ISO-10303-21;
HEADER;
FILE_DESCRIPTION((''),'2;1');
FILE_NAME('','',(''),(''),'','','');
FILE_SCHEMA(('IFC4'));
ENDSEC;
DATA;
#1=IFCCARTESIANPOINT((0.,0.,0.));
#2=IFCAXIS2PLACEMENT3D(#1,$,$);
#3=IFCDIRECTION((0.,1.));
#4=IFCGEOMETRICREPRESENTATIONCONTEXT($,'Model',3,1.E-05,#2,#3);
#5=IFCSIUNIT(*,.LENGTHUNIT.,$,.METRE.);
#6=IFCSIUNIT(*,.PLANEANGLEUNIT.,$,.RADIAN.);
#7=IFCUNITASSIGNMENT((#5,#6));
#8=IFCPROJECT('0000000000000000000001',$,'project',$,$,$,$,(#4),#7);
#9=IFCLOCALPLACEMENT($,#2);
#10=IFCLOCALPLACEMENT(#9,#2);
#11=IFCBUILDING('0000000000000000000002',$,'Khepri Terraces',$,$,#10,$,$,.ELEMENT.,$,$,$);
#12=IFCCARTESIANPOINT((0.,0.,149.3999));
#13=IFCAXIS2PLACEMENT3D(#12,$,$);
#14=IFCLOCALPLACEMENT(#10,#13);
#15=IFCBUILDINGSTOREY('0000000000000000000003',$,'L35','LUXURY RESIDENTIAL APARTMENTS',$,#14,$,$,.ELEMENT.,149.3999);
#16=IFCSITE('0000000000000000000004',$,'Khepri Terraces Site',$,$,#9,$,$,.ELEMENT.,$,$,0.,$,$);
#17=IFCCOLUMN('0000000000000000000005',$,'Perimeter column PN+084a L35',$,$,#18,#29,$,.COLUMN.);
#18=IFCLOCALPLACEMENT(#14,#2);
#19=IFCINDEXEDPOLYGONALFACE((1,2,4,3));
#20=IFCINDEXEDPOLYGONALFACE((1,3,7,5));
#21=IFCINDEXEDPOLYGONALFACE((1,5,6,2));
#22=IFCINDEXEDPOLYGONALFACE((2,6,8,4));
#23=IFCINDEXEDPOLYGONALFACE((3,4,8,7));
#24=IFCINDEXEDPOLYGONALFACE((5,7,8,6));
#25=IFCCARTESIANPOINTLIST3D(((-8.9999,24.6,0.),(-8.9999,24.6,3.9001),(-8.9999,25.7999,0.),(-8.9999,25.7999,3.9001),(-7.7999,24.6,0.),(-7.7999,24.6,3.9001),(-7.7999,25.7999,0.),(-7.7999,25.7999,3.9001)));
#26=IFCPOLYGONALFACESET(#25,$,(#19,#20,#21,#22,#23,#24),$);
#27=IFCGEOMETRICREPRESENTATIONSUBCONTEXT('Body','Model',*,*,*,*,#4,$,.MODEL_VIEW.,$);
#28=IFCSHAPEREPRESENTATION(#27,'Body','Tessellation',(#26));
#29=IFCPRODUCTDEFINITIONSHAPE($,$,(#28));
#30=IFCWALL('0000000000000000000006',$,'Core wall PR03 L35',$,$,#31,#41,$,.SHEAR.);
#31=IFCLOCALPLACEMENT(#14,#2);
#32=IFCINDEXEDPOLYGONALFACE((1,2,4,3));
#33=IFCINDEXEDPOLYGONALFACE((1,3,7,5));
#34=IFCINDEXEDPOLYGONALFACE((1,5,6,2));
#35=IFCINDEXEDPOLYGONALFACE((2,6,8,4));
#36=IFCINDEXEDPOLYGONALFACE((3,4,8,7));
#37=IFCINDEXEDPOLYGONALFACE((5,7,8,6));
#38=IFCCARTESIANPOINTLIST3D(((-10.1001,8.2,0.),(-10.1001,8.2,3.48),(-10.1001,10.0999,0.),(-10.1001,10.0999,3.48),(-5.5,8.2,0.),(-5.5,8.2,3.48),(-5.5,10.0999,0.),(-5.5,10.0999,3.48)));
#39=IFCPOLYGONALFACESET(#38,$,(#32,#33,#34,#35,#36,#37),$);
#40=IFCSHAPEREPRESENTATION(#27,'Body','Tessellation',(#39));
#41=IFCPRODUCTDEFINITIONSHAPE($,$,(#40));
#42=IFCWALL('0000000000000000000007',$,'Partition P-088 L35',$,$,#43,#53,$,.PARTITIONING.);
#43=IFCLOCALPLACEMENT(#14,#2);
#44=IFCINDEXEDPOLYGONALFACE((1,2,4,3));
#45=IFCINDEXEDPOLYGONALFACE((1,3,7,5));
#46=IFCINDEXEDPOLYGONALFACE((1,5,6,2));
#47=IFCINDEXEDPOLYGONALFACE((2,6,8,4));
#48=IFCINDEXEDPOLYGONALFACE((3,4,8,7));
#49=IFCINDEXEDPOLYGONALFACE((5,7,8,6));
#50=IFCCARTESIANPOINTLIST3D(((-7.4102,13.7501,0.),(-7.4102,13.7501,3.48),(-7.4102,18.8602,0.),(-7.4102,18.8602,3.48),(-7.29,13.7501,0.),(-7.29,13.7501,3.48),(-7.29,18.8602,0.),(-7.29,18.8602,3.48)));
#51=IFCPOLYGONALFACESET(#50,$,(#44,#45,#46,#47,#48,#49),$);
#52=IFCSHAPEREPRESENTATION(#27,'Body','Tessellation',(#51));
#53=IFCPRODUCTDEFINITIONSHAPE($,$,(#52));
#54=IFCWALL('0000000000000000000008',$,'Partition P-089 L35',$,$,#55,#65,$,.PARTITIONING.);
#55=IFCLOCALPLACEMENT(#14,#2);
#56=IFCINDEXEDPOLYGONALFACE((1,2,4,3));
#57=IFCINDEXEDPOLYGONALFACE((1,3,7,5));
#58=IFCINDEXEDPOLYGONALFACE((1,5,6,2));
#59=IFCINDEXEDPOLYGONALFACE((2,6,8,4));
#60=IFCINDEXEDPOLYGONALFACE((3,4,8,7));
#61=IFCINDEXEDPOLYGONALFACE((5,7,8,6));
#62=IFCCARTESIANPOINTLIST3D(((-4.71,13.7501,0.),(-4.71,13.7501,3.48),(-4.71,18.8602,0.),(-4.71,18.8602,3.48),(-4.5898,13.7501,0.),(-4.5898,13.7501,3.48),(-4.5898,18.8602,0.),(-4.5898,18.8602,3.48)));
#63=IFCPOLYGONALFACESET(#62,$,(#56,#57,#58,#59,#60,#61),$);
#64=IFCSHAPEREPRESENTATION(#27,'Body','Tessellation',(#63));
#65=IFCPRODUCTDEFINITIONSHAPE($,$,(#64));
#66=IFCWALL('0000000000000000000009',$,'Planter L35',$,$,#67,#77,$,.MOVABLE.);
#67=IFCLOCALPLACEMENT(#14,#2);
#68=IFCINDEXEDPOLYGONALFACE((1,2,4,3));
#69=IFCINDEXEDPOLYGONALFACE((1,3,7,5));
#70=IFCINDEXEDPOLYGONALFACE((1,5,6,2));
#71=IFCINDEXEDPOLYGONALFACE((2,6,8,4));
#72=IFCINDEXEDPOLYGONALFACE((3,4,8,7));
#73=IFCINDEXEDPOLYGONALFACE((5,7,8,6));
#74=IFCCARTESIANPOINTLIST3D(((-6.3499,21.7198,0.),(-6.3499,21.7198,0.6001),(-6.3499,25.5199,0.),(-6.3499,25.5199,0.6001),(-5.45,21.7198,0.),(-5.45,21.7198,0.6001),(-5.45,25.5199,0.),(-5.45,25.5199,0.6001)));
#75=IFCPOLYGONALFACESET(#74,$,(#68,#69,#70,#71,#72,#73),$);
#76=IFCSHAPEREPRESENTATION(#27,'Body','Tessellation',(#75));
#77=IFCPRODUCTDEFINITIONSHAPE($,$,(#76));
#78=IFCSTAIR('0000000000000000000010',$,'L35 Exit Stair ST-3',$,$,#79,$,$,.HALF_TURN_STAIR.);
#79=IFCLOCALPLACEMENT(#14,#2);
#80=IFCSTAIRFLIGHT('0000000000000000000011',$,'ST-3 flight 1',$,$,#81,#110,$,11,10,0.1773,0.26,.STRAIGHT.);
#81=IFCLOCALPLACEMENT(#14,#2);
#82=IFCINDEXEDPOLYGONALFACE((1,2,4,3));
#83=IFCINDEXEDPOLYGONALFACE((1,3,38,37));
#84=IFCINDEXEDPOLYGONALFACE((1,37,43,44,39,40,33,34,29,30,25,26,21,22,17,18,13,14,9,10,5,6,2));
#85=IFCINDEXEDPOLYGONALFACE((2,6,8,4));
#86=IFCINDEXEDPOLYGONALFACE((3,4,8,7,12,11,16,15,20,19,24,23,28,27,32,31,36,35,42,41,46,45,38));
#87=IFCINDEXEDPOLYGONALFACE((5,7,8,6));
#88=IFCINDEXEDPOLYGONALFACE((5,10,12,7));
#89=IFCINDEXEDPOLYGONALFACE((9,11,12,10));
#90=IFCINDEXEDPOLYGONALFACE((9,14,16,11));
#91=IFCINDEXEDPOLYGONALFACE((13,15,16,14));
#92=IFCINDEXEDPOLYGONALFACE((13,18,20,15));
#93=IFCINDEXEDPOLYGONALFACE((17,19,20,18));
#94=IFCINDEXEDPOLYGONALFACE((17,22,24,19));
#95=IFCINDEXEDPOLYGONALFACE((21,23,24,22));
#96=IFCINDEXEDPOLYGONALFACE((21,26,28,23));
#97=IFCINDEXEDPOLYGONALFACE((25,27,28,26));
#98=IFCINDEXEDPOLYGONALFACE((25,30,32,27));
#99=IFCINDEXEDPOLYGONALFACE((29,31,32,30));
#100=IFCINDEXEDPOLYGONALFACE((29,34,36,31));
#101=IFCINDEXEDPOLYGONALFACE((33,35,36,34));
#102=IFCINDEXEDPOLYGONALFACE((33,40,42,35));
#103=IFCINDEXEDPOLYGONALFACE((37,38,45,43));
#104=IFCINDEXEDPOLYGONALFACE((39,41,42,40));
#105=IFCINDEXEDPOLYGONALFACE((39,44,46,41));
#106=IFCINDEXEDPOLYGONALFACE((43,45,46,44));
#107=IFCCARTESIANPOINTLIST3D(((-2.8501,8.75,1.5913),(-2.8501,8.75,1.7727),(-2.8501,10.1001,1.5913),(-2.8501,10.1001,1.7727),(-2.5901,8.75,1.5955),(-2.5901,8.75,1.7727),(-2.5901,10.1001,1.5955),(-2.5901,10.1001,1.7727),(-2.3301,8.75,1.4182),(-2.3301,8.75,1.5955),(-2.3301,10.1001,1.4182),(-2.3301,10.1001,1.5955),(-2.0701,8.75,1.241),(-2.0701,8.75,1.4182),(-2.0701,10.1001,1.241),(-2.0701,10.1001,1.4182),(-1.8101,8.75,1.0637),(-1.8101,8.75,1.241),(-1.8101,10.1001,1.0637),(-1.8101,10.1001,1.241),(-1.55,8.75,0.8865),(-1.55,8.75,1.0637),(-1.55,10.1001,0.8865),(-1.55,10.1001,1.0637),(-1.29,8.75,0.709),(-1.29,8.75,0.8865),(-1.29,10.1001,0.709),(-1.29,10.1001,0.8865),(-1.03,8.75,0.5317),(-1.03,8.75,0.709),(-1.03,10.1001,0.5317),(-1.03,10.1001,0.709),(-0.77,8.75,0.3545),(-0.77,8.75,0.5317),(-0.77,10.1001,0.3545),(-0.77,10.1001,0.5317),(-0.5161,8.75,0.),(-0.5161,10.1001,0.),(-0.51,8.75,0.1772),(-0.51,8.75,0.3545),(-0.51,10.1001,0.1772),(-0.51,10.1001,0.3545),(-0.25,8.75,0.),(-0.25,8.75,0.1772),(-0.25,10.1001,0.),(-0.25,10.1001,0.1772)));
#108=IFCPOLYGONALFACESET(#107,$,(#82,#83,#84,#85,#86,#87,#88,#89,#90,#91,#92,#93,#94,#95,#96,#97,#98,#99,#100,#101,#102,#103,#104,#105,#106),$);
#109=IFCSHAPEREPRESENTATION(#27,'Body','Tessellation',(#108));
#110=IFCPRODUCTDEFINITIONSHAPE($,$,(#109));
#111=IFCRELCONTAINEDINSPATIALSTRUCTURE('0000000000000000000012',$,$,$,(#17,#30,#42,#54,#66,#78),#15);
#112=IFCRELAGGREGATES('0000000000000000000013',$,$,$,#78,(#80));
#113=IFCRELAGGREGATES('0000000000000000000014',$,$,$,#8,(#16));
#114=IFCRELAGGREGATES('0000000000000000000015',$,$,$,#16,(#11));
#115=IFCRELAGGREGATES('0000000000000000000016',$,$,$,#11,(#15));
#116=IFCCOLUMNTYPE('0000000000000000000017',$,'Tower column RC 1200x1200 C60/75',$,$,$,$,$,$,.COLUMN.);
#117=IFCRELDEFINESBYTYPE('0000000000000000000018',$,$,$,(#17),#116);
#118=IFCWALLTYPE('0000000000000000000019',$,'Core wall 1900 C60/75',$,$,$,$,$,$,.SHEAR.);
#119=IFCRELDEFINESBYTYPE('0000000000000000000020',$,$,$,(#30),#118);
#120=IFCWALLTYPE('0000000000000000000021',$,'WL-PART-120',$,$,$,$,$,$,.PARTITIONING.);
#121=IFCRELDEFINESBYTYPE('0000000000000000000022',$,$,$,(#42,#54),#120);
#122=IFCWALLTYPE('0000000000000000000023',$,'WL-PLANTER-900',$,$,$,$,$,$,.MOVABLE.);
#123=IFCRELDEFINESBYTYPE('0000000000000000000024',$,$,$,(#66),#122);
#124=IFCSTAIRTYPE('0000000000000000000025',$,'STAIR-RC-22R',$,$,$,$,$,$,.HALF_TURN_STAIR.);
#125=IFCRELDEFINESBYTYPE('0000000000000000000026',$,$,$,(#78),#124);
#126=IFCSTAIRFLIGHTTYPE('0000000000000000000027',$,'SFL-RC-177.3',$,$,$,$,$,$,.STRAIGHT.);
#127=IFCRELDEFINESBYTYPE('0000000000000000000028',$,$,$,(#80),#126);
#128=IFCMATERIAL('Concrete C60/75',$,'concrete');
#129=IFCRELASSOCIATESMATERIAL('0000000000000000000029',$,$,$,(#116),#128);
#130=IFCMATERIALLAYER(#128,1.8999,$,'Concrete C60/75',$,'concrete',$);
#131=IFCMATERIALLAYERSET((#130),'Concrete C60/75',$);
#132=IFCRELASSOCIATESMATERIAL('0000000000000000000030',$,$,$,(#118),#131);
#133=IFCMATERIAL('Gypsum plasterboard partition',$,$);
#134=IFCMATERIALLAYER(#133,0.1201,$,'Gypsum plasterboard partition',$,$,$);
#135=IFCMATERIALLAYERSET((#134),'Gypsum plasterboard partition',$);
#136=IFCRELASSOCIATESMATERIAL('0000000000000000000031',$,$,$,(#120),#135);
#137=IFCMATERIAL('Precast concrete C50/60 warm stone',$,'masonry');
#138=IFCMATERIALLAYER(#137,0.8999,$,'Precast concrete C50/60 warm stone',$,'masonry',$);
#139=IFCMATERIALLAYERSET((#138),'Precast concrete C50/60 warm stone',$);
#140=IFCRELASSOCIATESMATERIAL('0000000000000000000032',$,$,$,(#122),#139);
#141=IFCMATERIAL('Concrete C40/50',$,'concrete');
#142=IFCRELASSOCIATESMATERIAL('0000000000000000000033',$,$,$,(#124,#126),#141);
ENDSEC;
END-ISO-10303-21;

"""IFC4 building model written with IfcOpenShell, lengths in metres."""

from ifc_helpers import new_model, si_unit, direction, frame, frame_2d, origin, origin_2d, place, context, subcontext, project, spatial, polyline, rectangle, outline, extrude, material, layer, layer_set, material_profile, profile_set, type_object, element, aggregate, save


model = new_model("IFC4")

# Units and contexts
model_context = context("Model", 3, precision=1e-05, world=origin(), true_north=direction((0.0, 1.0)))
body_context = subcontext(model_context, "Body", "Model", "MODEL_VIEW")
ifc_project = project(units=[si_unit("LENGTHUNIT", "METRE"), si_unit("PLANEANGLEUNIT", "RADIAN")], contexts=[model_context])

# Site, building, storey
site_placement = place(None, origin())
site = spatial("IfcSite", under=ifc_project, at=site_placement, Name="Khepri Terraces Site", CompositionType="ELEMENT", RefElevation=0.0)
building_placement = place(site_placement, origin())
building = spatial("IfcBuilding", under=site, at=building_placement, Name="Khepri Terraces", CompositionType="ELEMENT")
storey_placement = place(building_placement, frame((0.0, 0.0, 149.3999)))
storey = spatial("IfcBuildingStorey", under=building, at=storey_placement, Name="L35", Description="LUXURY RESIDENTIAL APARTMENTS", CompositionType="ELEMENT", Elevation=149.3999)

# Column
ifc_material_1 = material(Name="Concrete C60/75", Category="concrete")
ifc_material_profile = material_profile(ifc_material_1, rectangle(XDim=1.2, YDim=1.2, at=origin_2d()), Name="Concrete C60/75", Category="concrete")
ifc_profile_set = profile_set([ifc_material_profile], Name="Concrete C60/75")
column_type = type_object("IfcColumnType", Name="Tower column RC 1200x1200 C60/75", PredefinedType="COLUMN", material=ifc_profile_set)
column_placement = place(storey_placement, frame((-8.3999, 25.2, 0.0), z_axis=(0.0, 0.0, 1.0), x_axis=(1.0, 0.0, 0.0)))
element("IfcColumn", 1, at=column_placement, inside=storey, type_object=column_type, Name="Perimeter column PN+084a L35", PredefinedType="COLUMN", context=body_context, shape_type="SweptSolid", body=[
    extrude(rectangle(XDim=1.2, YDim=1.2, at=origin_2d()), origin(), (0.0, 0.0, 1.0), 3.9001),
])

# Wall
ifc_layer_1 = layer(ifc_material_1, 1.8999, Name="Concrete C60/75", Category="concrete")
ifc_layer_set_1 = layer_set([ifc_layer_1], Name="Concrete C60/75")
wall_type_1 = type_object("IfcWallType", Name="Core wall 1900 C60/75", PredefinedType="SHEAR", material=ifc_layer_set_1)
wall_1_placement = place(storey_placement, frame((-10.1001, 9.1499, 0.0), z_axis=(0.0, 0.0, 1.0), x_axis=(1.0, 0.0, 0.0)))
element("IfcWall", 2, at=wall_1_placement, inside=storey, type_object=wall_type_1, Name="Core wall PR03 L35", PredefinedType="SHEAR", context=body_context, shape_type="SweptSolid", body=[
    extrude(rectangle(XDim=4.6001, YDim=1.8999, at=frame_2d((2.3, 0.0))), origin(), (0.0, 0.0, 1.0), 3.48),
])

# Shared definitions
ifc_material_2 = material(Name="Precast concrete C50/60 warm stone", Category="masonry")

# Walls
ifc_material_3 = material(Name="Gypsum plasterboard partition")
ifc_layer_2 = layer(ifc_material_3, 0.1201, Name="Gypsum plasterboard partition")
ifc_layer_set_2 = layer_set([ifc_layer_2], Name="Gypsum plasterboard partition")
wall_type_2 = type_object("IfcWallType", Name="WL-PART-120", PredefinedType="PARTITIONING", material=ifc_layer_set_2)
for number, where, z_axis, x_axis, name in (
    (3, (-7.3501, 13.75, 0.0), (0.0, 0.0, 1.0), (0.0, 1.0, 0.0), "Partition P-088 L35"),
    (4, (-4.6499, 13.75, 0.0), (0.0, 0.0, 1.0), (0.0, 1.0, 0.0), "Partition P-089 L35"),
):
    element("IfcWall", number, at=place(storey_placement, frame(where, z_axis=z_axis, x_axis=x_axis)), inside=storey, type_object=wall_type_2, Name=name, PredefinedType="PARTITIONING", context=body_context, shape_type="SweptSolid", body=[
        extrude(rectangle(XDim=5.1101, YDim=0.1201, at=frame_2d((2.5552, 0.0))), origin(), (0.0, 0.0, 1.0), 3.48),
    ])
ifc_layer_3 = layer(ifc_material_2, 0.8999, Name="Precast concrete C50/60 warm stone", Category="masonry")
ifc_layer_set_3 = layer_set([ifc_layer_3], Name="Precast concrete C50/60 warm stone")
wall_type_3 = type_object("IfcWallType", Name="WL-PLANTER-900", PredefinedType="MOVABLE", material=ifc_layer_set_3)
wall_2_placement = place(storey_placement, frame((-5.8999, 21.72, 0.0), z_axis=(0.0, 0.0, 1.0), x_axis=(0.0, 1.0, 0.0)))
element("IfcWall", 5, at=wall_2_placement, inside=storey, type_object=wall_type_3, Name="Planter L35", PredefinedType="MOVABLE", context=body_context, shape_type="SweptSolid", body=[
    extrude(rectangle(XDim=3.8, YDim=0.8999, at=frame_2d((1.8999, 0.0))), origin(), (0.0, 0.0, 1.0), 0.6001),
])

# Stair, stair flight
ifc_material_4 = material(Name="Concrete C40/50", Category="concrete")
stair_type = type_object("IfcStairType", Name="STAIR-RC-22R", PredefinedType="HALF_TURN_STAIR", material=ifc_material_4)
stair_placement = place(storey_placement, origin())
stair = element("IfcStair", 6, at=stair_placement, inside=storey, type_object=stair_type, Name="L35 Exit Stair ST-3", PredefinedType="HALF_TURN_STAIR")
stair_flight_type = type_object("IfcStairFlightType", Name="SFL-RC-177.3", PredefinedType="STRAIGHT", material=ifc_material_4)
stair_flight_placement = place(storey_placement, frame((-0.25, 9.425, 0.0), z_axis=(0.0, 0.0, 1.0), x_axis=(-1.0, 0.0, 0.0)))
stair_flight = element("IfcStairFlight", 7, at=stair_flight_placement, type_object=stair_flight_type, Name="ST-3 flight 1", NumberOfRisers=11, NumberOfTreads=10, PredefinedType="STRAIGHT", RiserHeight=0.1773, TreadLength=0.26, context=body_context, shape_type="SweptSolid", body=[
    extrude(outline(polyline([(0.0, 0.0), (0.0, 0.1772), (0.26, 0.1772), (0.26, 0.3545), (0.52, 0.3545), (0.52, 0.5317), (0.78, 0.5317), (0.78, 0.709), (1.04, 0.709), (1.04, 0.8865), (1.3, 0.8865), (1.3, 1.0637), (1.5601, 1.0637), (1.5601, 1.241), (1.8201, 1.241), (1.8201, 1.4182), (2.0801, 1.4182), (2.0801, 1.5955), (2.3401, 1.5955), (2.3401, 1.7727), (2.6001, 1.7727), (2.6001, 1.95), (2.6001, 1.5913), (0.2661, 0.0), (0.0, 0.0)])), frame((0.0, 0.675, 0.0), z_axis=(0.0, -1.0, 0.0), x_axis=(1.0, 0.0, 0.0)), (0.0, 0.0, 1.0), 1.3501),
])
aggregate(stair, [stair_flight])

save(model, "model.ifc")
